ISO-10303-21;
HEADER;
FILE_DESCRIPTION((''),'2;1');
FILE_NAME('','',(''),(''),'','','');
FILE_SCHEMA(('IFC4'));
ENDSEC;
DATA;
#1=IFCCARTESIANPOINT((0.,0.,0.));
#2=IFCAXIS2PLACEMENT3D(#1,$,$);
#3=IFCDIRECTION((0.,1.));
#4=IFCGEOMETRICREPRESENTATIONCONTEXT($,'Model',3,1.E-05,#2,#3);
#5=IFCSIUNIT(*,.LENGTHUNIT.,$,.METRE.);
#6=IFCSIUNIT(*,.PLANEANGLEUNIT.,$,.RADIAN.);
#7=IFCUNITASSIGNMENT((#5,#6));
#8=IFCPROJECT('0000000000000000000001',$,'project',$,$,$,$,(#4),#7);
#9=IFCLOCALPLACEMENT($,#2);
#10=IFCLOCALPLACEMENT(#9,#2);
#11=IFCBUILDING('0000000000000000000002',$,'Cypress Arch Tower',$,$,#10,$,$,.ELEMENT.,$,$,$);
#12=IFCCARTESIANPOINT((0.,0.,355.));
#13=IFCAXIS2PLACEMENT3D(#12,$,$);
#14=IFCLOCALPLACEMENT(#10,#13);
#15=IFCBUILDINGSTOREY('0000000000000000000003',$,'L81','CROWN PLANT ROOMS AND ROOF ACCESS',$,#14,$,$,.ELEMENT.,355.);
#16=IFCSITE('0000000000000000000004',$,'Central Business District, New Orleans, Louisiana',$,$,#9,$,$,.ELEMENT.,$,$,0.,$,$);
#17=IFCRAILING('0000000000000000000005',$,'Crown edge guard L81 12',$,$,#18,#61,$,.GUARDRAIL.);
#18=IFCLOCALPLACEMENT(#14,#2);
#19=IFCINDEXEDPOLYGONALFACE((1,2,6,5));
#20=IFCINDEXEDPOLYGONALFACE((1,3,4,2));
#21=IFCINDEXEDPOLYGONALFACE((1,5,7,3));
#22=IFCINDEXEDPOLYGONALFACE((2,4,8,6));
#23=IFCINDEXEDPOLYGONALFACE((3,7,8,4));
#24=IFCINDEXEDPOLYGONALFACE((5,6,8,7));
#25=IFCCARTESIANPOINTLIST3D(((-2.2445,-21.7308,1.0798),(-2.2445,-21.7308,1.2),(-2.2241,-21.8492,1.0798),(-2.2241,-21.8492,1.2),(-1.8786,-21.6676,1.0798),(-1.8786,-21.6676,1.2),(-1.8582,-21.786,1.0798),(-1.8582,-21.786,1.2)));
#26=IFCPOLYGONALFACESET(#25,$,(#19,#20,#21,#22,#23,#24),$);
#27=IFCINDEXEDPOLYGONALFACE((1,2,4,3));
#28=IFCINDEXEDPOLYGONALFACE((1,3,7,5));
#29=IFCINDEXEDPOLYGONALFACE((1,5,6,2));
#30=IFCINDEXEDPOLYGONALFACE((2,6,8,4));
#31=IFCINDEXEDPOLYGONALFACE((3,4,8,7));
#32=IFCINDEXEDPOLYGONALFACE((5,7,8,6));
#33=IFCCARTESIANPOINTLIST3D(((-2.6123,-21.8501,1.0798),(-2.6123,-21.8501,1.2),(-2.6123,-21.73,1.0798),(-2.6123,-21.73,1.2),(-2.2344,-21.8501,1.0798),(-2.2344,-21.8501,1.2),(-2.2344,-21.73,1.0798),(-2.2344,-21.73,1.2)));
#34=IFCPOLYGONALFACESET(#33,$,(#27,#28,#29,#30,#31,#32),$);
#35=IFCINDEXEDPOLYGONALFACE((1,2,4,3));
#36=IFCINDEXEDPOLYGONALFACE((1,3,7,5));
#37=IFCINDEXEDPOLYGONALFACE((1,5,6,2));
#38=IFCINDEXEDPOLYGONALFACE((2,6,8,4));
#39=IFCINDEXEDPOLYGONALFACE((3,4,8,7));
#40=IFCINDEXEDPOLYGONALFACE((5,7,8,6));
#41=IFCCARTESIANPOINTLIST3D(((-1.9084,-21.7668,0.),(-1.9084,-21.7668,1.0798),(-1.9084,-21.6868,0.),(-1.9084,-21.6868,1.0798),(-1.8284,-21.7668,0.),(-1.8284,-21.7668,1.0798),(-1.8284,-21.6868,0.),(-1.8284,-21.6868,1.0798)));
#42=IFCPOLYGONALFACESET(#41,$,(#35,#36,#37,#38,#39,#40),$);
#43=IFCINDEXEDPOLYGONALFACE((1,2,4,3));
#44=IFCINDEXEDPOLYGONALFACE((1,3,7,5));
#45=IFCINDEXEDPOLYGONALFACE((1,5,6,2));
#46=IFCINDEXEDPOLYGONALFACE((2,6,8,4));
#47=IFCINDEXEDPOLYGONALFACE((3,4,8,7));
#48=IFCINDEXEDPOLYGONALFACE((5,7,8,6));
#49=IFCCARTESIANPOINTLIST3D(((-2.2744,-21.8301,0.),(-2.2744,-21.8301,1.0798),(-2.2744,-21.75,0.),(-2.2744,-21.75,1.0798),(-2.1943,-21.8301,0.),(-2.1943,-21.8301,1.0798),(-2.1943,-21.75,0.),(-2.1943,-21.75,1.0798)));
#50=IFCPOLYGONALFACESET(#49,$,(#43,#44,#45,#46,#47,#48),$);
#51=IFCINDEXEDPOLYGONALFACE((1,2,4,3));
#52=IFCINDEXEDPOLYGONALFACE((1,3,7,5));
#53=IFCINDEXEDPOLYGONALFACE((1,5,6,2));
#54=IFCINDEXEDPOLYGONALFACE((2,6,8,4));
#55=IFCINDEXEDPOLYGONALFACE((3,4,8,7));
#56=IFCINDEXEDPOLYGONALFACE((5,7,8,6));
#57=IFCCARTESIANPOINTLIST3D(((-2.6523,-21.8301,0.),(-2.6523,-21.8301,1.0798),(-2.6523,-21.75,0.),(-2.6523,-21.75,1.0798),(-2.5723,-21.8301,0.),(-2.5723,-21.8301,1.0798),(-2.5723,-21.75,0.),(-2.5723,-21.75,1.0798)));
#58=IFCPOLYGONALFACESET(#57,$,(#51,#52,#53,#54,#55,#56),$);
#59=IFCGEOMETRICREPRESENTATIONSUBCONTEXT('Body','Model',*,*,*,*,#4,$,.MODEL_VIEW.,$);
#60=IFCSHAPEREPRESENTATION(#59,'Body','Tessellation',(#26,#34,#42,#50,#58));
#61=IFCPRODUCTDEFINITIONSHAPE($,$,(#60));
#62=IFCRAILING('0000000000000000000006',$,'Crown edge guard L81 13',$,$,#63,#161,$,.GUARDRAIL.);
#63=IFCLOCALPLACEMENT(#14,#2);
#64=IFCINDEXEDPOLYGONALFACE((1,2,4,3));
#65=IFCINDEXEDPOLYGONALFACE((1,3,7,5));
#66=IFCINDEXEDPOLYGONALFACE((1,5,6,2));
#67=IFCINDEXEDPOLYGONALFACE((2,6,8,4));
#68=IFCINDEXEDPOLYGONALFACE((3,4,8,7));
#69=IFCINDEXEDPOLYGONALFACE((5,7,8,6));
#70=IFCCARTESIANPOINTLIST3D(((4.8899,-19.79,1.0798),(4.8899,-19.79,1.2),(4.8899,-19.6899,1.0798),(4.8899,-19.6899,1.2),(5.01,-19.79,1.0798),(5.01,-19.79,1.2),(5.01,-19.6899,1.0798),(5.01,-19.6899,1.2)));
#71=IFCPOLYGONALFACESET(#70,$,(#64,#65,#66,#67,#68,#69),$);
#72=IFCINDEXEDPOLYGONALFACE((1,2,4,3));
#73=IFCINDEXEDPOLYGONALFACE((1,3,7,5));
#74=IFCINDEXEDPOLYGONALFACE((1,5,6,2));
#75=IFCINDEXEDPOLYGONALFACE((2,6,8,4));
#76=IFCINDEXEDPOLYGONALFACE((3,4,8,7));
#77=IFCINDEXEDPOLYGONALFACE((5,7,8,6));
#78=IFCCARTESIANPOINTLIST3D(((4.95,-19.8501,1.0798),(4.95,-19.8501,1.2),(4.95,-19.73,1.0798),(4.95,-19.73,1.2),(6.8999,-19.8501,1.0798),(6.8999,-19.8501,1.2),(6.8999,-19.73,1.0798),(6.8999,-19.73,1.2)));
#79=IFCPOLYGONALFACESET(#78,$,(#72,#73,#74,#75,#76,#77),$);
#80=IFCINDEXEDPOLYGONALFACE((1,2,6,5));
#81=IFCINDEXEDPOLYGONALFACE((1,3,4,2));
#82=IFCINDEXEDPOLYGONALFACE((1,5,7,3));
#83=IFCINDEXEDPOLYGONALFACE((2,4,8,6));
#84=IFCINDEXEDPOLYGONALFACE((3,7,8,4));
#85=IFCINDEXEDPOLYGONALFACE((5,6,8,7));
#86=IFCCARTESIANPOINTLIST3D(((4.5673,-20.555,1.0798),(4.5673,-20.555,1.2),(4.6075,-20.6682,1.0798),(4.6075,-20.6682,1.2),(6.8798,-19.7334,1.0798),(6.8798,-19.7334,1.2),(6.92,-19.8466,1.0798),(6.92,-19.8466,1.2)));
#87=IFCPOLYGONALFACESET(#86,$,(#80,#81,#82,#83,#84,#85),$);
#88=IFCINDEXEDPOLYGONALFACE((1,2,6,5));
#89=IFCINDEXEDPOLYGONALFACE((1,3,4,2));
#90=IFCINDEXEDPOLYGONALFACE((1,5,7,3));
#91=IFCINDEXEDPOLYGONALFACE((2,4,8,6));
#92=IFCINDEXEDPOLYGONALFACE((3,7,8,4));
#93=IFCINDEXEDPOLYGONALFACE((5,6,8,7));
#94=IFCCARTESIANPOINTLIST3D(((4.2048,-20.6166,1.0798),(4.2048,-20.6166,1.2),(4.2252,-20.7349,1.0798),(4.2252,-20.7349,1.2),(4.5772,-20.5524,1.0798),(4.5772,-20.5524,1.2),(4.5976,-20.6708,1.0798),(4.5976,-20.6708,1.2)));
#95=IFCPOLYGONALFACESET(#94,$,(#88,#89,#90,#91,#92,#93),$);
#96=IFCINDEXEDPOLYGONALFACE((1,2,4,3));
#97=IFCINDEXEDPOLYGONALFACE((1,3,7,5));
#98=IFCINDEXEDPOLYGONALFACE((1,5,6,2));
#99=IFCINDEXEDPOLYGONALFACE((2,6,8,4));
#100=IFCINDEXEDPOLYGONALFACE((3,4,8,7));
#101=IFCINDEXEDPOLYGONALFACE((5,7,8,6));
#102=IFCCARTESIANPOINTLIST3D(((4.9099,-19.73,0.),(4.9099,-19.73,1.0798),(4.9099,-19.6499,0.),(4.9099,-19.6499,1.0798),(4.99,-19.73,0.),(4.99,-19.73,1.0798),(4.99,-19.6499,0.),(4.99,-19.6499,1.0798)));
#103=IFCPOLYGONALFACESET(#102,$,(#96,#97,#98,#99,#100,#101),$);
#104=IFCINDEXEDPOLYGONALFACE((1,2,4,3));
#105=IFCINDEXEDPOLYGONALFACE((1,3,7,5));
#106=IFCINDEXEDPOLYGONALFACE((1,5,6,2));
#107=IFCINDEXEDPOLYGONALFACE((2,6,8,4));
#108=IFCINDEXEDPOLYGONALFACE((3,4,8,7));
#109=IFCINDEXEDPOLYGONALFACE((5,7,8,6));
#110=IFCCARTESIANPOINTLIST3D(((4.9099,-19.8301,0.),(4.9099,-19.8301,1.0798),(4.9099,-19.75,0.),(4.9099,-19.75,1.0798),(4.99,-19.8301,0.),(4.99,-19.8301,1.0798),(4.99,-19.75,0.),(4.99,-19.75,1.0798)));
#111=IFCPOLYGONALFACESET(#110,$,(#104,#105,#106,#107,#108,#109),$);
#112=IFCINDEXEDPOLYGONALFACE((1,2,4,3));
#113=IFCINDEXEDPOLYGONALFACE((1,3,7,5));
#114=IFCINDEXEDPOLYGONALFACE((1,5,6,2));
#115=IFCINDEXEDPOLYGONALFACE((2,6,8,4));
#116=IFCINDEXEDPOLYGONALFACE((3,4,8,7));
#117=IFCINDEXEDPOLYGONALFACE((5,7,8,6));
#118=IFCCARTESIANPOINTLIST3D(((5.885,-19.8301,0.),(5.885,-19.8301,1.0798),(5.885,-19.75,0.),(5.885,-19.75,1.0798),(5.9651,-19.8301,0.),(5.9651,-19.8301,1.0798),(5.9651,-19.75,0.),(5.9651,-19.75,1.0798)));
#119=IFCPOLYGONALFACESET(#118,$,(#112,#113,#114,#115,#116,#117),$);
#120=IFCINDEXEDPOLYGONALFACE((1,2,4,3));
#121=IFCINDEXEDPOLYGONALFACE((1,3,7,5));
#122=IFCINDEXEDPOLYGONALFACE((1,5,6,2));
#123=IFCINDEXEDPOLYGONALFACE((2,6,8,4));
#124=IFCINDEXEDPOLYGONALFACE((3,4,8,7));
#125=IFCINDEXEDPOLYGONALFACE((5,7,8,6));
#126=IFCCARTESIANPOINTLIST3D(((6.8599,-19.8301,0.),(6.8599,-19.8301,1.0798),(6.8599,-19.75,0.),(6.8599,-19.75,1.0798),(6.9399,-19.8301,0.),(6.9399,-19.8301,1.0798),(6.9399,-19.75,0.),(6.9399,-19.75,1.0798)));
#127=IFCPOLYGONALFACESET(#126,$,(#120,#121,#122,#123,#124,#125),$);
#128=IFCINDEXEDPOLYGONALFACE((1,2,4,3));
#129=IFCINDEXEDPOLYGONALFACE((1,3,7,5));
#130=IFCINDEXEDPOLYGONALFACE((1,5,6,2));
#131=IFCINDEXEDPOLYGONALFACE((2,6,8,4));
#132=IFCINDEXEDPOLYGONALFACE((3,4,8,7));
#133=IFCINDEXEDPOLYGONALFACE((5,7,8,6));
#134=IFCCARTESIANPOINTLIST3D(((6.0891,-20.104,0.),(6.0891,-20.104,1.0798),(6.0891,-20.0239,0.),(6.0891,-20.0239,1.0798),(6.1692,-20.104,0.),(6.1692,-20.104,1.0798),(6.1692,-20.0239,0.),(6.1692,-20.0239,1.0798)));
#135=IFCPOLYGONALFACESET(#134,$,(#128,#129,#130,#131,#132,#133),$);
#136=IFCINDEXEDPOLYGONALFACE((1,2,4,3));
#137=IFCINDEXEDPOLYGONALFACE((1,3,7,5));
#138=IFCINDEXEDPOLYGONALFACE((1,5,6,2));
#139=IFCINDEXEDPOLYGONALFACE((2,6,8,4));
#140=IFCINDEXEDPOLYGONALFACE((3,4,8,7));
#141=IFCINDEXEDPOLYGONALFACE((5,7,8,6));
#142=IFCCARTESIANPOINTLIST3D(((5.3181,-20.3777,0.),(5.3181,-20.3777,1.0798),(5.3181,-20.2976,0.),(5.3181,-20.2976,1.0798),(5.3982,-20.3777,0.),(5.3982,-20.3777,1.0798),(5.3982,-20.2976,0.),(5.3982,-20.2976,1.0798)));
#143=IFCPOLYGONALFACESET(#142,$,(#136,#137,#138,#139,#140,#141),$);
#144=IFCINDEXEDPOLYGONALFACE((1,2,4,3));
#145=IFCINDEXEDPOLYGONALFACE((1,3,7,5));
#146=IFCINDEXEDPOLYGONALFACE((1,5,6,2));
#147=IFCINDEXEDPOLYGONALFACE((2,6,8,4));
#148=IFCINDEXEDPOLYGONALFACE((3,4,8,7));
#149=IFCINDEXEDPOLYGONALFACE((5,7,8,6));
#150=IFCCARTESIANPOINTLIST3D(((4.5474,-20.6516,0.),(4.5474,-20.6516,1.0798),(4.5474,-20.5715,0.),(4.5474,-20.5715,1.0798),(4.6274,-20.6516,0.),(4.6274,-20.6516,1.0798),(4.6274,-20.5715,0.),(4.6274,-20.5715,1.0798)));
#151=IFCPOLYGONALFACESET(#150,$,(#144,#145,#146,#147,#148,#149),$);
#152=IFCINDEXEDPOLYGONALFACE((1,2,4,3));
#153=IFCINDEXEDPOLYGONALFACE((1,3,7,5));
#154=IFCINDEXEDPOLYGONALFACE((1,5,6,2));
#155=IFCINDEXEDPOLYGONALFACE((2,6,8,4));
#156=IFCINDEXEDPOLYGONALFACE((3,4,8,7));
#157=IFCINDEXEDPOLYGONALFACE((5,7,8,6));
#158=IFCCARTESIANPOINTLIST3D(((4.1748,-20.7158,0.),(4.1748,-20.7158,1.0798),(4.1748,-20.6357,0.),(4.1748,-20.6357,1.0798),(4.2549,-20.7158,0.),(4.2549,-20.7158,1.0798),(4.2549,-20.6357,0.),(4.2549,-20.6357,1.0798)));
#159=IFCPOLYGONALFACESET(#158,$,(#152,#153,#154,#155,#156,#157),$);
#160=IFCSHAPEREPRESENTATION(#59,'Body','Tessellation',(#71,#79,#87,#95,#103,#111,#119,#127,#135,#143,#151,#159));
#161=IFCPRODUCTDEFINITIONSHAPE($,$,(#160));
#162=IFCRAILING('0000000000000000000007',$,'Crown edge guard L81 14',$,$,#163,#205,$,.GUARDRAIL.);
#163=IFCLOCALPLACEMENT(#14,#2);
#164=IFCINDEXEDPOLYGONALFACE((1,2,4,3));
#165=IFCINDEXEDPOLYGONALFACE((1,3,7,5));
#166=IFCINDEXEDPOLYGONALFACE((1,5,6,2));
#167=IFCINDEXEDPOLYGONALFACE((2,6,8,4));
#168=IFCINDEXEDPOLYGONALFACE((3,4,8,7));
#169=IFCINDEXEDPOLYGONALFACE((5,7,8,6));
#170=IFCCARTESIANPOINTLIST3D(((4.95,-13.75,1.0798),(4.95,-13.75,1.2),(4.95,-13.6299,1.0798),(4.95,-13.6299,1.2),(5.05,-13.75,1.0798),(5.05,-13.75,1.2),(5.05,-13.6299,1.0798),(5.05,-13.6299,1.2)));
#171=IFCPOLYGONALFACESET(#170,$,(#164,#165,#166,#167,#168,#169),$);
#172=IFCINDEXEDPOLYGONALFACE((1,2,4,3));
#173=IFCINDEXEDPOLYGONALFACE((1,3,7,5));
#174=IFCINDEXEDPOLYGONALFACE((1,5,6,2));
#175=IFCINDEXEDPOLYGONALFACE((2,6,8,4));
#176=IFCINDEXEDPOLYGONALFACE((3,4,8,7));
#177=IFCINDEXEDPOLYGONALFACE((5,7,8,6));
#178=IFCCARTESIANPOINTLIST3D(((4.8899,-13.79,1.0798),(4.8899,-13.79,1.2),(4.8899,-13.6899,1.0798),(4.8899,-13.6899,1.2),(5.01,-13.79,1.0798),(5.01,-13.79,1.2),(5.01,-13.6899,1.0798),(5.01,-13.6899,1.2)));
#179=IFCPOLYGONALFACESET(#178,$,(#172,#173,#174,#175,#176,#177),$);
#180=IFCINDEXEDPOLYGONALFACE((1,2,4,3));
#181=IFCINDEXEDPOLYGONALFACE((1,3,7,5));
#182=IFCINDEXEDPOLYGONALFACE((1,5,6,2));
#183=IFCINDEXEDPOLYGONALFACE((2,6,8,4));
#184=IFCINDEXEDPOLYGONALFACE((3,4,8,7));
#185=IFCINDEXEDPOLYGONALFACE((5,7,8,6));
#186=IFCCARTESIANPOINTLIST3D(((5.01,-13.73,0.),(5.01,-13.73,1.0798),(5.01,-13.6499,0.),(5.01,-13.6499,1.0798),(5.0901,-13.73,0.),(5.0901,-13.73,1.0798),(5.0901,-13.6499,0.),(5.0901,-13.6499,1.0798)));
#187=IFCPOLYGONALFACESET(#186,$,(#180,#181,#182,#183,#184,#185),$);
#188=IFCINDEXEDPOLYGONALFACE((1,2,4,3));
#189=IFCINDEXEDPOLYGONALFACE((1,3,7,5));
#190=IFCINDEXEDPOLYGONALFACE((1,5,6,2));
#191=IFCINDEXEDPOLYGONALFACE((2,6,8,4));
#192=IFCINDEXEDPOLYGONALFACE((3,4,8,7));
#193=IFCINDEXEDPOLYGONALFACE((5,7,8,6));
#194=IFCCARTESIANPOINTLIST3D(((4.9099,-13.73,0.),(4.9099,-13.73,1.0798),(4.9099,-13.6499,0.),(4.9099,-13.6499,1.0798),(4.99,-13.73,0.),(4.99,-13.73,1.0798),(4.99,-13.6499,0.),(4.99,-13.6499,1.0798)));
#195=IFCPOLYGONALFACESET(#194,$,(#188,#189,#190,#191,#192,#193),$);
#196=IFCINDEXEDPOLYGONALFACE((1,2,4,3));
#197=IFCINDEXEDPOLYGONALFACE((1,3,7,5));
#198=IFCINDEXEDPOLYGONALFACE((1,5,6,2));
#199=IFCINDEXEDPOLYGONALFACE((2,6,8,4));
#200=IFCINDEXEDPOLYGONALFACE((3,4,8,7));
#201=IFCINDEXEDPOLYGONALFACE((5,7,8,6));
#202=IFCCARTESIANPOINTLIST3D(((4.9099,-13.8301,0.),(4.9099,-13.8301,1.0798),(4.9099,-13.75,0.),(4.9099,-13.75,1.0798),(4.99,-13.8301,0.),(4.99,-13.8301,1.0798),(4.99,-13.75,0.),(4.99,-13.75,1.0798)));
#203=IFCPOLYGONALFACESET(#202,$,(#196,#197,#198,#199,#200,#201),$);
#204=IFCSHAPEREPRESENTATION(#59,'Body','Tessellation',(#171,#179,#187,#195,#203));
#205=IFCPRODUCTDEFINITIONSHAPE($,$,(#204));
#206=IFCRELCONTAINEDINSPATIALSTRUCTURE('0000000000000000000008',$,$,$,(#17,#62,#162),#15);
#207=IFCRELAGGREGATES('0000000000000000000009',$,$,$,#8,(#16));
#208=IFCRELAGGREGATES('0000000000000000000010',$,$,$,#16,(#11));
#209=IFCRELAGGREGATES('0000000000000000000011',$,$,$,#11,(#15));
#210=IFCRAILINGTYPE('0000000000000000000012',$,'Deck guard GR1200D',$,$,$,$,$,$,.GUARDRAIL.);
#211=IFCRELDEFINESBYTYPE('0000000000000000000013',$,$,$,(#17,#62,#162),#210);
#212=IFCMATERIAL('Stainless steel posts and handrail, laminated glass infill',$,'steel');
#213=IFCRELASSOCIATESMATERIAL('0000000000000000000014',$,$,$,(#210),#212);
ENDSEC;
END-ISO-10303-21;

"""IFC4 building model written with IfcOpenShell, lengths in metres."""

from ifc_helpers import new_model, si_unit, direction, frame, origin, origin_2d, place, context, subcontext, project, spatial, rectangle, extrude, material, type_object, element, save


model = new_model("IFC4")

# Units and contexts
model_context = context("Model", 3, precision=1e-05, world=origin(), true_north=direction((0.0, 1.0)))
body_context = subcontext(model_context, "Body", "Model", "MODEL_VIEW")
ifc_project = project(units=[si_unit("LENGTHUNIT", "METRE"), si_unit("PLANEANGLEUNIT", "RADIAN")], contexts=[model_context])

# Site, building, storey
site_placement = place(None, origin())
site = spatial("IfcSite", under=ifc_project, at=site_placement, Name="Central Business District, New Orleans, Louisiana", CompositionType="ELEMENT", RefElevation=0.0)
building_placement = place(site_placement, origin())
building = spatial("IfcBuilding", under=site, at=building_placement, Name="Cypress Arch Tower", CompositionType="ELEMENT")
storey_placement = place(building_placement, frame((0.0, 0.0, 355.0)))
storey = spatial("IfcBuildingStorey", under=building, at=storey_placement, Name="L81", Description="CROWN PLANT ROOMS AND ROOF ACCESS", CompositionType="ELEMENT", Elevation=355.0)

# Railings
ifc_material_1 = material(Name="Stainless steel posts and handrail, laminated glass infill", Category="steel")
railing_type = type_object("IfcRailingType", Name="Deck guard GR1200D", PredefinedType="GUARDRAIL", material=ifc_material_1)
railing_1_placement = place(storey_placement, frame((-1.8684, -21.7268, 0.0)))
element("IfcRailing", 1, at=railing_1_placement, inside=storey, type_object=railing_type, Name="Crown edge guard L81 12", PredefinedType="GUARDRAIL", context=body_context, shape_type="SweptSolid", body=[
    extrude(rectangle(XDim=0.1201, YDim=0.1201, at=origin_2d()), frame((0.0, 0.0, 1.1399), z_axis=(-0.985399, -0.170259, 0.0), x_axis=(0.170259, -0.985399, 0.0)), (0.0, 0.0, 1.0), 0.3713),
    extrude(rectangle(XDim=0.1201, YDim=0.1201, at=origin_2d()), frame((-0.366, -0.0632, 1.1399), z_axis=(-1.0, 0.0, 0.0), x_axis=(0.0, -1.0, 0.0)), (0.0, 0.0, 1.0), 0.3779),
    extrude(rectangle(XDim=0.0801, YDim=0.0801, at=origin_2d()), origin(), (0.0, 0.0, 1.0), 1.0798),
    extrude(rectangle(XDim=0.0801, YDim=0.0801, at=origin_2d()), frame((-0.366, -0.0632, 0.0)), (0.0, 0.0, 1.0), 1.0798),
    extrude(rectangle(XDim=0.0801, YDim=0.0801, at=origin_2d()), frame((-0.7439, -0.0632, 0.0)), (0.0, 0.0, 1.0), 1.0798),
])
railing_2_placement = place(storey_placement, frame((4.95, -19.6899, 0.0)))
element("IfcRailing", 2, at=railing_2_placement, inside=storey, type_object=railing_type, Name="Crown edge guard L81 13", PredefinedType="GUARDRAIL", context=body_context, shape_type="SweptSolid", body=[
    extrude(rectangle(XDim=0.1201, YDim=0.1201, at=origin_2d()), frame((0.0, 0.0, 1.1399), z_axis=(0.0, -1.0, 0.0), x_axis=(1.0, 0.0, 0.0)), (0.0, 0.0, 1.0), 0.1001),
    extrude(rectangle(XDim=0.1201, YDim=0.1201, at=origin_2d()), frame((0.0, -0.1001, 1.1399), z_axis=(1.0, 0.0, 0.0), x_axis=(0.0, 1.0, 0.0)), (0.0, 0.0, 1.0), 1.95),
    extrude(rectangle(XDim=0.1201, YDim=0.1201, at=origin_2d()), frame((1.95, -0.1001, 1.1399), z_axis=(-0.942303, -0.33476, 0.0), x_axis=(0.33476, -0.942303, 0.0)), (0.0, 0.0, 1.0), 2.4541),
    extrude(rectangle(XDim=0.1201, YDim=0.1201, at=origin_2d()), frame((-0.3625, -0.9216, 1.1399), z_axis=(-0.985471, -0.169842, 0.0), x_axis=(0.169842, -0.985471, 0.0)), (0.0, 0.0, 1.0), 0.3779),
    extrude(rectangle(XDim=0.0801, YDim=0.0801, at=origin_2d()), origin(), (0.0, 0.0, 1.0), 1.0798),
    extrude(rectangle(XDim=0.0801, YDim=0.0801, at=origin_2d()), frame((0.0, -0.1001, 0.0)), (0.0, 0.0, 1.0), 1.0798),
    extrude(rectangle(XDim=0.0801, YDim=0.0801, at=origin_2d()), frame((0.9751, -0.1001, 0.0)), (0.0, 0.0, 1.0), 1.0798),
    extrude(rectangle(XDim=0.0801, YDim=0.0801, at=origin_2d()), frame((1.95, -0.1001, 0.0)), (0.0, 0.0, 1.0), 1.0798),
    extrude(rectangle(XDim=0.0801, YDim=0.0801, at=origin_2d()), frame((1.1792, -0.374, 0.0)), (0.0, 0.0, 1.0), 1.0798),
    extrude(rectangle(XDim=0.0801, YDim=0.0801, at=origin_2d()), frame((0.4082, -0.6477, 0.0)), (0.0, 0.0, 1.0), 1.0798),
    extrude(rectangle(XDim=0.0801, YDim=0.0801, at=origin_2d()), frame((-0.3625, -0.9216, 0.0)), (0.0, 0.0, 1.0), 1.0798),
    extrude(rectangle(XDim=0.0801, YDim=0.0801, at=origin_2d()), frame((-0.7351, -0.9858, 0.0)), (0.0, 0.0, 1.0), 1.0798),
])
railing_3_placement = place(storey_placement, frame((5.05, -13.6899, 0.0)))
element("IfcRailing", 3, at=railing_3_placement, inside=storey, type_object=railing_type, Name="Crown edge guard L81 14", PredefinedType="GUARDRAIL", context=body_context, shape_type="SweptSolid", body=[
    extrude(rectangle(XDim=0.1201, YDim=0.1201, at=origin_2d()), frame((0.0, 0.0, 1.1399), z_axis=(-1.0, 0.0, 0.0), x_axis=(0.0, -1.0, 0.0)), (0.0, 0.0, 1.0), 0.1001),
    extrude(rectangle(XDim=0.1201, YDim=0.1201, at=origin_2d()), frame((-0.1001, 0.0, 1.1399), z_axis=(0.0, -1.0, 0.0), x_axis=(1.0, 0.0, 0.0)), (0.0, 0.0, 1.0), 0.1001),
    extrude(rectangle(XDim=0.0801, YDim=0.0801, at=origin_2d()), origin(), (0.0, 0.0, 1.0), 1.0798),
    extrude(rectangle(XDim=0.0801, YDim=0.0801, at=origin_2d()), frame((-0.1001, 0.0, 0.0)), (0.0, 0.0, 1.0), 1.0798),
    extrude(rectangle(XDim=0.0801, YDim=0.0801, at=origin_2d()), frame((-0.1001, -0.1001, 0.0)), (0.0, 0.0, 1.0), 1.0798),
])

save(model, "model.ifc")
